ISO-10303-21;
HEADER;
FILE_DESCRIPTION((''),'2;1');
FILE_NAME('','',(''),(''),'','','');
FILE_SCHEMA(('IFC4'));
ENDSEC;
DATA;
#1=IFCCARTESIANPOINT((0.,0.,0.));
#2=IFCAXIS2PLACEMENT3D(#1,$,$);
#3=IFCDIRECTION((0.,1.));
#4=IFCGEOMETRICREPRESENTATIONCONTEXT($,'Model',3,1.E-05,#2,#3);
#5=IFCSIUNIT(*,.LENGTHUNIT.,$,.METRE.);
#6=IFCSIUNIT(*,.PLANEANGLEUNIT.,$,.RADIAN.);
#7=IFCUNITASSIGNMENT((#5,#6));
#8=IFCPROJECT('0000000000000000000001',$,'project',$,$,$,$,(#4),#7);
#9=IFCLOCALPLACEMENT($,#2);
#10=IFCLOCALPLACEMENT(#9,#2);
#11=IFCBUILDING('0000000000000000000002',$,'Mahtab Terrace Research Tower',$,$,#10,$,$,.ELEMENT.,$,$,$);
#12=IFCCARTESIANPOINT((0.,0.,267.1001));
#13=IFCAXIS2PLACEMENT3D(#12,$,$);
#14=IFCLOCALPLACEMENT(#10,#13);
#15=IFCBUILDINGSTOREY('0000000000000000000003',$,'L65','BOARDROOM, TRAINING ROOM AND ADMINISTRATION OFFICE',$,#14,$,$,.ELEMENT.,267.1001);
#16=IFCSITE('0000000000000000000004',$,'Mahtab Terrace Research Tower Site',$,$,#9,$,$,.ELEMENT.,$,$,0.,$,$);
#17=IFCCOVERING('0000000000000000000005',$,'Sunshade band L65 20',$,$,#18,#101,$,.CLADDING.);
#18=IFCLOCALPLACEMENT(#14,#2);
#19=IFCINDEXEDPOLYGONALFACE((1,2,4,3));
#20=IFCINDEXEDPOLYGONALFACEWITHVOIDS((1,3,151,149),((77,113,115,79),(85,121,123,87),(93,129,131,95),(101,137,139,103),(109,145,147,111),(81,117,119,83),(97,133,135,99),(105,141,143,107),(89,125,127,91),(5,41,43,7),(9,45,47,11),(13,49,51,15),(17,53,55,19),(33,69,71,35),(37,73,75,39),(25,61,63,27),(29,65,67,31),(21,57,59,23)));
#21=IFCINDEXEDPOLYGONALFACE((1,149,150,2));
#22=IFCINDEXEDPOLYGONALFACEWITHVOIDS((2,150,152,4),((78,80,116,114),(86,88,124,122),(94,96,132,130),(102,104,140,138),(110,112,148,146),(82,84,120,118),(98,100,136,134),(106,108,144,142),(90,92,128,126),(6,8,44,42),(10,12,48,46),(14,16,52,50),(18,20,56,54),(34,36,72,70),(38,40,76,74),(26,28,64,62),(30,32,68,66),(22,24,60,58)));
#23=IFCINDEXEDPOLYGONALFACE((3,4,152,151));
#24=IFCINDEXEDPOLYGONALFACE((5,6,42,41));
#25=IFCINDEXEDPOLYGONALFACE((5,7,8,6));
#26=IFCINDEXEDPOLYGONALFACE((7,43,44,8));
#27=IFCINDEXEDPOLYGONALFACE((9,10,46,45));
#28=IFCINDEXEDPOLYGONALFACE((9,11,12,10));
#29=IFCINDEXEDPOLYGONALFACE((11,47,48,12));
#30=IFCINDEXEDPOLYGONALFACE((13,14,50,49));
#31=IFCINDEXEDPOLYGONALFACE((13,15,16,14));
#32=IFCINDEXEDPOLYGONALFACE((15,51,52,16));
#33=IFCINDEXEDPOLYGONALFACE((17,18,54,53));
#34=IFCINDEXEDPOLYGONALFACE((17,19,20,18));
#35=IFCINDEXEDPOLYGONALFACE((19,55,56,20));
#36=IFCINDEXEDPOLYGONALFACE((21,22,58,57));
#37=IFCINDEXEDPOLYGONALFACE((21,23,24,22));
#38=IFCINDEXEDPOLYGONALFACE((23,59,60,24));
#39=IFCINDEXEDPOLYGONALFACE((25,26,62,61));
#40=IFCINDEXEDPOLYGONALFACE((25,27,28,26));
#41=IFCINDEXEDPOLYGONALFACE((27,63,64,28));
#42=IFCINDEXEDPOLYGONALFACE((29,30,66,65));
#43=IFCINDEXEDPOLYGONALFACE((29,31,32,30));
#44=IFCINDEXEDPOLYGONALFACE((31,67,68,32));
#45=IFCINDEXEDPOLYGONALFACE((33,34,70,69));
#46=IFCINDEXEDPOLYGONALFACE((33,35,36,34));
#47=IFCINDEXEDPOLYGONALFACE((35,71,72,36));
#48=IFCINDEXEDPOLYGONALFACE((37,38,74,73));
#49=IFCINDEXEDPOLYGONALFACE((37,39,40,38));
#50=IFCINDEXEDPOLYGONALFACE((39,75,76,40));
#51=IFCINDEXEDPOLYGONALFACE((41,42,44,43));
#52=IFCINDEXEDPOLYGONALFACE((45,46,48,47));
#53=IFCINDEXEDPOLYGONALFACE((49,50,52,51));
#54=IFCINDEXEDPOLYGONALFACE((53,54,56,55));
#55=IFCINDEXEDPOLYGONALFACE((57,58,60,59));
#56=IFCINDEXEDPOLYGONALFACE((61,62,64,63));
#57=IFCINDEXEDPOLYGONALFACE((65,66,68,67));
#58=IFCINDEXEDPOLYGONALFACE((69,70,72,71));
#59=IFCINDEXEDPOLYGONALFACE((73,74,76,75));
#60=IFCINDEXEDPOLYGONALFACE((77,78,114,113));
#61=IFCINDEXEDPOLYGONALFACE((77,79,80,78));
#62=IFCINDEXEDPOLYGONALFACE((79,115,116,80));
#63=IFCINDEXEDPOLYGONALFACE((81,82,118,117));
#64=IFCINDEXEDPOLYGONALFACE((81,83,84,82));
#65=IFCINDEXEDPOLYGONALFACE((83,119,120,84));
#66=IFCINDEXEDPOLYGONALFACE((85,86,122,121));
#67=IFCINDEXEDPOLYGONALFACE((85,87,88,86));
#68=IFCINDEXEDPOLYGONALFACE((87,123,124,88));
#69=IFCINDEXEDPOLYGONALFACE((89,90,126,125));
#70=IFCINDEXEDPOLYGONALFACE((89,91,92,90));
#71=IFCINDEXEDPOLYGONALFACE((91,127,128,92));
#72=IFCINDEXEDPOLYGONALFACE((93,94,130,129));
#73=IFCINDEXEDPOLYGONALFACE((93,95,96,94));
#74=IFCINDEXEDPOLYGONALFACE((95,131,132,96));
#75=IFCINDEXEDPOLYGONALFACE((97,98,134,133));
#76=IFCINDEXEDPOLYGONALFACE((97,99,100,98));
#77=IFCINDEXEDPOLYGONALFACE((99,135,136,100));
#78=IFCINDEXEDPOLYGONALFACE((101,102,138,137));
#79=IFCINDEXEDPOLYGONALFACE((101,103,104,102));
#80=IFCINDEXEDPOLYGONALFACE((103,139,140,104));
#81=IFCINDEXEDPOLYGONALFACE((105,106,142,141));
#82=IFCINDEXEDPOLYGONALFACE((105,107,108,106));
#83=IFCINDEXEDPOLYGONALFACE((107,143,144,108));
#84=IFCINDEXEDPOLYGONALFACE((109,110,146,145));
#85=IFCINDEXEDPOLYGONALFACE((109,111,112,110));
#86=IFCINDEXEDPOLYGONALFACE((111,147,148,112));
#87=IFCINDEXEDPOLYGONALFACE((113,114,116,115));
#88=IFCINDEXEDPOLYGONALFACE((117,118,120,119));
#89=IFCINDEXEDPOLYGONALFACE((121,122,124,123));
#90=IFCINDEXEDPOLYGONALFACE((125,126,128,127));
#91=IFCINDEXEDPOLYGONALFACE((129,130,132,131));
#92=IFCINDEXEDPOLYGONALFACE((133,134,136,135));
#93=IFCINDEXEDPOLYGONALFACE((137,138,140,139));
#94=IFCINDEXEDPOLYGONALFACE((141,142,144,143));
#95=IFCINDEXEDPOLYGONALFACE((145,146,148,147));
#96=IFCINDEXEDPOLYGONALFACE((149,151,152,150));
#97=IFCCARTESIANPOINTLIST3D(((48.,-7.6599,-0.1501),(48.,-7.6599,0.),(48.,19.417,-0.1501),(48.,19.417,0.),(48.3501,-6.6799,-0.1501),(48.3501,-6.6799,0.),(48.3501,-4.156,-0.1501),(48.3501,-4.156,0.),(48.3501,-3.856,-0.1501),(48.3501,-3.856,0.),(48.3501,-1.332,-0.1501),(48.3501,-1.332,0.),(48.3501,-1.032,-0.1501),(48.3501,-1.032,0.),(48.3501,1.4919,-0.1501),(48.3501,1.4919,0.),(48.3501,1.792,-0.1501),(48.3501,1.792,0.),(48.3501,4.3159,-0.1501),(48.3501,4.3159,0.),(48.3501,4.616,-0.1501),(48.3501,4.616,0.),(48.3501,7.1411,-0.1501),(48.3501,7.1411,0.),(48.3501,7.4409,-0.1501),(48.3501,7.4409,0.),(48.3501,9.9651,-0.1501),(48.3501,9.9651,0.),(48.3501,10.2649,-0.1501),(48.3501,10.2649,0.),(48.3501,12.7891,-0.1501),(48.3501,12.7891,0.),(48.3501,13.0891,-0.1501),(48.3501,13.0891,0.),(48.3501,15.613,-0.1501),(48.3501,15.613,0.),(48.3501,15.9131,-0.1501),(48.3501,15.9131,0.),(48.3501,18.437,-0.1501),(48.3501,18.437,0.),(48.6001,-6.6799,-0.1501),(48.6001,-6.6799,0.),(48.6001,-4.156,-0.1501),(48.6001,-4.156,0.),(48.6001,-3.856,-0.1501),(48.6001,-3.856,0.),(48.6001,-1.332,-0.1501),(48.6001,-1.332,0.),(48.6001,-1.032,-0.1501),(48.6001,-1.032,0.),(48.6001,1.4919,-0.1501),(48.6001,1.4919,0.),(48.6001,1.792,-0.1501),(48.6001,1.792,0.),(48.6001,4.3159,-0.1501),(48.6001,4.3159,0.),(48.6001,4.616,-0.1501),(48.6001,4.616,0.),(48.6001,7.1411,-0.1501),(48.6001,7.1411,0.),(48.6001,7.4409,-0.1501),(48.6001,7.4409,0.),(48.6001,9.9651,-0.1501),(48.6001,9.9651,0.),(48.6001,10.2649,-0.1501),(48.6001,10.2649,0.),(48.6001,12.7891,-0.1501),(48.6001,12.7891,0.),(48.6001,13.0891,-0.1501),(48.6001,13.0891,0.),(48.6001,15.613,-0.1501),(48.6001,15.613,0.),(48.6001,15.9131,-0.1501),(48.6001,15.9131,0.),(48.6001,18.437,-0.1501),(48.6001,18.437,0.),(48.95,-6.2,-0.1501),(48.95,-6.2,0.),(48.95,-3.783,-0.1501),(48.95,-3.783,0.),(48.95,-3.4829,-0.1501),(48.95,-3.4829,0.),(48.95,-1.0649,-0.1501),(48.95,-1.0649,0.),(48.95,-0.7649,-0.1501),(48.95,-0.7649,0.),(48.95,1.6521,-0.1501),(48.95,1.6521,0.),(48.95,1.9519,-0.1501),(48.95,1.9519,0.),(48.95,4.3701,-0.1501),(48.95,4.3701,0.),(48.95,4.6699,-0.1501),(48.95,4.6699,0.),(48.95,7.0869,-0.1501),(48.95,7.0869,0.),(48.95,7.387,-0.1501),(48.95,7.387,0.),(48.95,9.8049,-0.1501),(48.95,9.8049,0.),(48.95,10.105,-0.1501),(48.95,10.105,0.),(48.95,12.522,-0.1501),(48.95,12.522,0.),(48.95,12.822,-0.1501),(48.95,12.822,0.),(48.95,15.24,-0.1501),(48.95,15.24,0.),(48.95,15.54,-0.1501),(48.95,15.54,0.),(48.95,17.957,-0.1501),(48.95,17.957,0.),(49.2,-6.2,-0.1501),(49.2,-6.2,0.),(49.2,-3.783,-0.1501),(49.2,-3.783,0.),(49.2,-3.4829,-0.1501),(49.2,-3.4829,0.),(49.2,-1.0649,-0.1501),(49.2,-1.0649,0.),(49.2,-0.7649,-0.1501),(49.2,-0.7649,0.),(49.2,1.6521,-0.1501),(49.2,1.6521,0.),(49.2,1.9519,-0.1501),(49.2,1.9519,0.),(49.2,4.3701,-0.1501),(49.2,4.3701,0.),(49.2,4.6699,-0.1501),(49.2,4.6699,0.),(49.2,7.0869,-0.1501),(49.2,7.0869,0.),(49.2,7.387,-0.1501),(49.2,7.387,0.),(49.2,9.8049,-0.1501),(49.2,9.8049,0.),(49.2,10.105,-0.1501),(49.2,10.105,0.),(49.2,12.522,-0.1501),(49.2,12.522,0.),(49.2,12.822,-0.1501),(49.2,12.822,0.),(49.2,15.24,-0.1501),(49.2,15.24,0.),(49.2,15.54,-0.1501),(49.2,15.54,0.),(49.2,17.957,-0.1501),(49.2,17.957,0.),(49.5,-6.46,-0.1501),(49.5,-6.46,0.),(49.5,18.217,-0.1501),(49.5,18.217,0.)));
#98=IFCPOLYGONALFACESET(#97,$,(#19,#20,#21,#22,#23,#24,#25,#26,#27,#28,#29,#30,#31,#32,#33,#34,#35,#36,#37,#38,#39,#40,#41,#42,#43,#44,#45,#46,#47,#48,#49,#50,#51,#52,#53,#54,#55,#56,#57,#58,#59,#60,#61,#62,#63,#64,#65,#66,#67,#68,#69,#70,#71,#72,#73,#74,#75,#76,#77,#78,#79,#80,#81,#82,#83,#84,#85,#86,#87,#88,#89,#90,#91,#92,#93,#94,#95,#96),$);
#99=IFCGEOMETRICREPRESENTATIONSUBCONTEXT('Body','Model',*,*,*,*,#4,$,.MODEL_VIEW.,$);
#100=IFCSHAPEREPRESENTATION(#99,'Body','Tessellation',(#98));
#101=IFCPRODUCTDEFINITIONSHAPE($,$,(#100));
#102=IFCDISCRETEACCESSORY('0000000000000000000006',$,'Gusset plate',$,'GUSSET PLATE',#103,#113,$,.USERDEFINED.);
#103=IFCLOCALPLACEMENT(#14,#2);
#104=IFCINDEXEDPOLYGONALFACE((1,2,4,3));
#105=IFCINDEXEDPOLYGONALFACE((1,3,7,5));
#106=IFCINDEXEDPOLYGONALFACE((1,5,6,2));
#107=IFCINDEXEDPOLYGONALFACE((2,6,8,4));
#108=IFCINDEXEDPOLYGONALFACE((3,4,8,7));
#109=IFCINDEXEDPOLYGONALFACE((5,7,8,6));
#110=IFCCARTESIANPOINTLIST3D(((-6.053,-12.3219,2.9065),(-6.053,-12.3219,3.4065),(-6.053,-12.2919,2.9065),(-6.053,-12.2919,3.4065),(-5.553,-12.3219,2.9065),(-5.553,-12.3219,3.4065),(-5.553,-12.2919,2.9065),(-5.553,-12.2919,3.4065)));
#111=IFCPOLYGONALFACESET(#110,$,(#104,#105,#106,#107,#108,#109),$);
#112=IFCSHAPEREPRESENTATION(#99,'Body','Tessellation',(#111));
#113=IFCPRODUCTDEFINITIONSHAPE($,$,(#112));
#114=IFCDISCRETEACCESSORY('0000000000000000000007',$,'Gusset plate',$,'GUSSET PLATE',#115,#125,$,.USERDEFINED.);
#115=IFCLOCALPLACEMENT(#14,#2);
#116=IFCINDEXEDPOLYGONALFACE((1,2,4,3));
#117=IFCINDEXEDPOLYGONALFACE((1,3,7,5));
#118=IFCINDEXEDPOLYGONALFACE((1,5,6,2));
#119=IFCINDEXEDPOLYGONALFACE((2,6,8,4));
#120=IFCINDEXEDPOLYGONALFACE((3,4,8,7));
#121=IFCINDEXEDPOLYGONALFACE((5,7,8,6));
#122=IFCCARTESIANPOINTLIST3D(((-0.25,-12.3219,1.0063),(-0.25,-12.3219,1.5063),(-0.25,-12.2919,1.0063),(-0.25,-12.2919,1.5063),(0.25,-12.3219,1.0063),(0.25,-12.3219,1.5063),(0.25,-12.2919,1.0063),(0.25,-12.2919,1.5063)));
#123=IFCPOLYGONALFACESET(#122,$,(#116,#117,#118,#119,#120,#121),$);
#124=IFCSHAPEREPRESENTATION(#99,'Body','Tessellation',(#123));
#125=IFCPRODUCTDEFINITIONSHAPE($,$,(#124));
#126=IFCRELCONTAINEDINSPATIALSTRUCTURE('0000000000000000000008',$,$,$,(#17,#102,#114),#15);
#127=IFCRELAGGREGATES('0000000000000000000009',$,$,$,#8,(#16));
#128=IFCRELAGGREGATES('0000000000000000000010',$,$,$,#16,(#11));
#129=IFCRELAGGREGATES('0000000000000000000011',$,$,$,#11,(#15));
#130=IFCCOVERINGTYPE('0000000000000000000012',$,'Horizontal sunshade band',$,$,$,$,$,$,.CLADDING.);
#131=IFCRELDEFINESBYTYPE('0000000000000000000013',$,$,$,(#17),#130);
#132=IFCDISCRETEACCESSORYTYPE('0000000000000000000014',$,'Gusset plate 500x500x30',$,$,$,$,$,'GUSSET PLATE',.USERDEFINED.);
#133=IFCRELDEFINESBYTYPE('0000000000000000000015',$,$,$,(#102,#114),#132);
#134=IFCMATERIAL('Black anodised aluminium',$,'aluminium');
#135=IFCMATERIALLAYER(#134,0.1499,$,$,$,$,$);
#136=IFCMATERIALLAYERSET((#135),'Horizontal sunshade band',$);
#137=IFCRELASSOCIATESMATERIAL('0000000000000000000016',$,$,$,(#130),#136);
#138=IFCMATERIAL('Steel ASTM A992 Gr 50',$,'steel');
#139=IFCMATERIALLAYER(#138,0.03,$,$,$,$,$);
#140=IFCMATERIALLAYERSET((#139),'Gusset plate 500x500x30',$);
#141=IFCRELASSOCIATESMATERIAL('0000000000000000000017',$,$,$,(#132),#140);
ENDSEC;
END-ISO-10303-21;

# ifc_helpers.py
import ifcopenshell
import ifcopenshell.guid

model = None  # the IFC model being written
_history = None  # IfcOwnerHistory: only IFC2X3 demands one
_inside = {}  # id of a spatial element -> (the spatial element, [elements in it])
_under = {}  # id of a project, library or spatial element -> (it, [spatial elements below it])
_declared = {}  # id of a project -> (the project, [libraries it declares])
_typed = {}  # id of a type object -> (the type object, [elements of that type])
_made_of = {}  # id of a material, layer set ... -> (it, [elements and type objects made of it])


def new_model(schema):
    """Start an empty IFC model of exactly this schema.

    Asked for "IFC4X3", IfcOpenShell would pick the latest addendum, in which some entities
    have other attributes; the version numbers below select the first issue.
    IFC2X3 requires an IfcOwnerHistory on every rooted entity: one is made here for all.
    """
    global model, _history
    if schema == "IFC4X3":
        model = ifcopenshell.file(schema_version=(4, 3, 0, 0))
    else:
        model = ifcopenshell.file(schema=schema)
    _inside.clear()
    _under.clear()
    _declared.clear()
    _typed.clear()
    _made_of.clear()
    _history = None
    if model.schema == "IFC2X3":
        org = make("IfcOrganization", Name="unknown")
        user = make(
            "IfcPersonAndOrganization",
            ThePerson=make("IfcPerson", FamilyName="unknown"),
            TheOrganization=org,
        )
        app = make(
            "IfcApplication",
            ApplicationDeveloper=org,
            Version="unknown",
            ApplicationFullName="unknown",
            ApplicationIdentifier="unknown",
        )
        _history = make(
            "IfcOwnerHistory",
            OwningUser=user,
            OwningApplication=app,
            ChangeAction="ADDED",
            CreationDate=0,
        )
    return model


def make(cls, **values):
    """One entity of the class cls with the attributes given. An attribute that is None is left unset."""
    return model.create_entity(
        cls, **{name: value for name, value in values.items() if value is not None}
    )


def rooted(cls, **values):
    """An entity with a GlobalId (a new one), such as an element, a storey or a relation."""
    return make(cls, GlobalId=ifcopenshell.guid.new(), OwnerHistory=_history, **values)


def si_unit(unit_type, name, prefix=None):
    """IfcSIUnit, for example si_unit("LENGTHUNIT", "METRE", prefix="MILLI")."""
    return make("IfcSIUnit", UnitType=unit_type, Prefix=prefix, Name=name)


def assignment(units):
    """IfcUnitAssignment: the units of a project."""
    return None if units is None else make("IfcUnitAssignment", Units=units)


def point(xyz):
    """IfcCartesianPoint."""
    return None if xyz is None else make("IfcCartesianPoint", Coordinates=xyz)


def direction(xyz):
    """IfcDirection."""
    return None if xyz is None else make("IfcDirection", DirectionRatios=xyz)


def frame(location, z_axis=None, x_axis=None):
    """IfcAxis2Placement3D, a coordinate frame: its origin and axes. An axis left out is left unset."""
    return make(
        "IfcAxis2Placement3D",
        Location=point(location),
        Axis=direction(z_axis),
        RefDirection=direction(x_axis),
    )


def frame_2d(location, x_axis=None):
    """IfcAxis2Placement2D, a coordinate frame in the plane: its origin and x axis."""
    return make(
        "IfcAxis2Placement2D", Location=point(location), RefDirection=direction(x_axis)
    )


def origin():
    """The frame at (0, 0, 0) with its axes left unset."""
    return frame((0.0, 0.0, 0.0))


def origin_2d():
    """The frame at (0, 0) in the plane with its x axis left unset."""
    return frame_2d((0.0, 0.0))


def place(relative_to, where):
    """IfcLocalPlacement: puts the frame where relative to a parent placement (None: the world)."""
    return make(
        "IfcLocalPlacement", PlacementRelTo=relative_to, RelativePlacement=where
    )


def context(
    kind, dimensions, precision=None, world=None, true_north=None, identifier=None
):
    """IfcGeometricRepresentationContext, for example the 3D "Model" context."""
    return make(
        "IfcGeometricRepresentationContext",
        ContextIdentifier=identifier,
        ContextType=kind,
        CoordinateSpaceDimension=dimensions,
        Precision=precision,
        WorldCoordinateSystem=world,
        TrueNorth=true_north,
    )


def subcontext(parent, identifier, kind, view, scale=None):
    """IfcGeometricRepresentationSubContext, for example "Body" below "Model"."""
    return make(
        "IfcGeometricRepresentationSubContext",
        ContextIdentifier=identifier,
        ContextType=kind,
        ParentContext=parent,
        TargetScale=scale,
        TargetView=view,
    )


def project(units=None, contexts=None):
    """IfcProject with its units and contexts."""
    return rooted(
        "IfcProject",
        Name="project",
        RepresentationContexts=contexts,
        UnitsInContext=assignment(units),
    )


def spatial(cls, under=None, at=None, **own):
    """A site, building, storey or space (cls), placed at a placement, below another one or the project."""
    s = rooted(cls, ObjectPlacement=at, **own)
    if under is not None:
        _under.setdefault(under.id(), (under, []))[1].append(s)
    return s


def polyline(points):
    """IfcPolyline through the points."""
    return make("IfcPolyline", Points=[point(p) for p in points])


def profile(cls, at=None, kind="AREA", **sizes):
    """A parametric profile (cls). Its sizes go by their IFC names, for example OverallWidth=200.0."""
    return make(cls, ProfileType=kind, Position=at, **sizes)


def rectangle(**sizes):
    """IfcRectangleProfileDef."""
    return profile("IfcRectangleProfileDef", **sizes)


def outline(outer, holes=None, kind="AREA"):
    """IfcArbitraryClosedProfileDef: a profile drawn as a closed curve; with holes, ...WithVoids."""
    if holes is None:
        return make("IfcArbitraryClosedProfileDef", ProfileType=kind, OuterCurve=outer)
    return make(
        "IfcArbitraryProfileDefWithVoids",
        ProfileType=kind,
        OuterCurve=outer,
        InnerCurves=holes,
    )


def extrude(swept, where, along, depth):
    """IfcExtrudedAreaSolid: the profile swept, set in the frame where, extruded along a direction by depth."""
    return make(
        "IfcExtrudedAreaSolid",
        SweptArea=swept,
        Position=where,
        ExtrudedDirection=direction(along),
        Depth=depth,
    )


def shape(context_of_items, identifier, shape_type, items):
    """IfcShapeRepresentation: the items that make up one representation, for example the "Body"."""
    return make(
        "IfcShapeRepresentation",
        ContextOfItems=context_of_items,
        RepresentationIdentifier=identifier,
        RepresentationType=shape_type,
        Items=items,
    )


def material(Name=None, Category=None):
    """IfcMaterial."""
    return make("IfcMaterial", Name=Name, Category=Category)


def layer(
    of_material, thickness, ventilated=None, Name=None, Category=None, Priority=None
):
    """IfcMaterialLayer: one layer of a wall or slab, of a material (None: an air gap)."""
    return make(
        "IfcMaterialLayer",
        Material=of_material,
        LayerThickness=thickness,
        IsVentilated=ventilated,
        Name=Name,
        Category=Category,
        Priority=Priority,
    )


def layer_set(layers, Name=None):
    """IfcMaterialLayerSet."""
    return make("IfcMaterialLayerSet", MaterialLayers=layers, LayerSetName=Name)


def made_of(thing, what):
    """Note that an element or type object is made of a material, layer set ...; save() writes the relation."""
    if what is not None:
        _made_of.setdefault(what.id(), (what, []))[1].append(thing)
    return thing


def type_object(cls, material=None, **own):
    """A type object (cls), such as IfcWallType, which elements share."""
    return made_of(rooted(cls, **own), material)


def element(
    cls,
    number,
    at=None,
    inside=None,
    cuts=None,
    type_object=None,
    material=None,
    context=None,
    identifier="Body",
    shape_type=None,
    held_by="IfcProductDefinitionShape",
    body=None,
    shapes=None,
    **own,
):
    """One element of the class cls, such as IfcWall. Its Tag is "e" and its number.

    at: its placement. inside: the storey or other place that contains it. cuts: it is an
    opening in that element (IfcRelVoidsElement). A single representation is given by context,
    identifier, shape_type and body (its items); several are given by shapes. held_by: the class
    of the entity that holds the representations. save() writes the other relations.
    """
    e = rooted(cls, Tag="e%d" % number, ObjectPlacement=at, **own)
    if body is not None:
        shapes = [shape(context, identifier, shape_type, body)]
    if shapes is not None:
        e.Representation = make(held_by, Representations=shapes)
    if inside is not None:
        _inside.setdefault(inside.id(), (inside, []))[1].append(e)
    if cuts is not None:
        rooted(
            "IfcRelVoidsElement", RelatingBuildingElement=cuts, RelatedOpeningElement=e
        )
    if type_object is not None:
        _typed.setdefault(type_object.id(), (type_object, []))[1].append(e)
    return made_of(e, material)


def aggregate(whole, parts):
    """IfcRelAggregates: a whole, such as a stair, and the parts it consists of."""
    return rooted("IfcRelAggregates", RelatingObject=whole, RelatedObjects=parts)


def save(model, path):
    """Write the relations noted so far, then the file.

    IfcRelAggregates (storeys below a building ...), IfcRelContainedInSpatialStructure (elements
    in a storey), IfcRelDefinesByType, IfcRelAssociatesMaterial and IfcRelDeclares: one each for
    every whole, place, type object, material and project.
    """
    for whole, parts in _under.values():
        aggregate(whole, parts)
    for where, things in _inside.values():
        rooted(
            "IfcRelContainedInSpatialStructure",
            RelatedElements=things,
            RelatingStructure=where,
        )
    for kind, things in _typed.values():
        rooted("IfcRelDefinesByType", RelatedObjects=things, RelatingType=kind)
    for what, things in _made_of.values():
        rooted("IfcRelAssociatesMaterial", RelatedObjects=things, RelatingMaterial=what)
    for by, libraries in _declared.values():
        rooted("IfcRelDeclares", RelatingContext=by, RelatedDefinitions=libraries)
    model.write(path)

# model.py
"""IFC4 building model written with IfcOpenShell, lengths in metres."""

from ifc_helpers import new_model, si_unit, direction, frame, origin, origin_2d, place, context, subcontext, project, spatial, polyline, rectangle, outline, extrude, material, layer, layer_set, type_object, element, save


model = new_model("IFC4")

# Units and contexts
model_context = context("Model", 3, precision=1e-05, world=origin(), true_north=direction((0.0, 1.0)))
body_context = subcontext(model_context, "Body", "Model", "MODEL_VIEW")
ifc_project = project(units=[si_unit("LENGTHUNIT", "METRE"), si_unit("PLANEANGLEUNIT", "RADIAN")], contexts=[model_context])

# Site, building, storey
site_placement = place(None, origin())
site = spatial("IfcSite", under=ifc_project, at=site_placement, Name="Mahtab Terrace Research Tower Site", CompositionType="ELEMENT", RefElevation=0.0)
building_placement = place(site_placement, origin())
building = spatial("IfcBuilding", under=site, at=building_placement, Name="Mahtab Terrace Research Tower", CompositionType="ELEMENT")
storey_placement = place(building_placement, frame((0.0, 0.0, 267.1001)))
storey = spatial("IfcBuildingStorey", under=building, at=storey_placement, Name="L65", Description="BOARDROOM, TRAINING ROOM AND ADMINISTRATION OFFICE", CompositionType="ELEMENT", Elevation=267.1001)

# Shared definitions
ifc_material_1 = material(Name="Steel ASTM A992 Gr 50", Category="steel")

# Covering
ifc_material_2 = material(Name="Black anodised aluminium", Category="aluminium")
ifc_layer_1 = layer(ifc_material_2, 0.1499)
ifc_layer_set_1 = layer_set([ifc_layer_1], Name="Horizontal sunshade band")
covering_type = type_object("IfcCoveringType", Name="Horizontal sunshade band", PredefinedType="CLADDING", material=ifc_layer_set_1)
covering_1_placement = place(storey_placement, frame((0.0, 0.0, -0.1501)))
element("IfcCovering", 1, at=covering_1_placement, inside=storey, type_object=covering_type, Name="Sunshade band L65 20", PredefinedType="CLADDING", context=body_context, shape_type="SweptSolid", body=[
    extrude(outline(polyline([(48.0, -7.6599), (48.0, 19.417), (49.5, 18.217), (49.5, -6.46), (48.0, -7.6599)]), holes=[polyline([(48.3501, -6.6799), (48.3501, -4.156), (48.6001, -4.156), (48.6001, -6.6799), (48.3501, -6.6799)]), polyline([(48.3501, -3.856), (48.3501, -1.332), (48.6001, -1.332), (48.6001, -3.856), (48.3501, -3.856)]), polyline([(48.3501, -1.032), (48.3501, 1.4919), (48.6001, 1.4919), (48.6001, -1.032), (48.3501, -1.032)]), polyline([(48.3501, 1.792), (48.3501, 4.3159), (48.6001, 4.3159), (48.6001, 1.792), (48.3501, 1.792)]), polyline([(48.3501, 4.616), (48.3501, 7.1411), (48.6001, 7.1411), (48.6001, 4.616), (48.3501, 4.616)]), polyline([(48.3501, 7.4409), (48.3501, 9.9651), (48.6001, 9.9651), (48.6001, 7.4409), (48.3501, 7.4409)]), polyline([(48.3501, 10.2649), (48.3501, 12.7891), (48.6001, 12.7891), (48.6001, 10.2649), (48.3501, 10.2649)]), polyline([(48.3501, 13.0891), (48.3501, 15.613), (48.6001, 15.613), (48.6001, 13.0891), (48.3501, 13.0891)]), polyline([(48.3501, 15.9131), (48.3501, 18.437), (48.6001, 18.437), (48.6001, 15.9131), (48.3501, 15.9131)]), polyline([(48.95, -6.2), (48.95, -3.783), (49.2, -3.783), (49.2, -6.2), (48.95, -6.2)]), polyline([(48.95, -3.4829), (48.95, -1.0649), (49.2, -1.0649), (49.2, -3.4829), (48.95, -3.4829)]), polyline([(48.95, -0.7649), (48.95, 1.6521), (49.2, 1.6521), (49.2, -0.7649), (48.95, -0.7649)]), polyline([(48.95, 1.9519), (48.95, 4.3701), (49.2, 4.3701), (49.2, 1.9519), (48.95, 1.9519)]), polyline([(48.95, 4.6699), (48.95, 7.0869), (49.2, 7.0869), (49.2, 4.6699), (48.95, 4.6699)]), polyline([(48.95, 7.387), (48.95, 9.8049), (49.2, 9.8049), (49.2, 7.387), (48.95, 7.387)]), polyline([(48.95, 10.105), (48.95, 12.522), (49.2, 12.522), (49.2, 10.105), (48.95, 10.105)]), polyline([(48.95, 12.822), (48.95, 15.24), (49.2, 15.24), (49.2, 12.822), (48.95, 12.822)]), polyline([(48.95, 15.54), (48.95, 17.957), (49.2, 17.957), (49.2, 15.54), (48.95, 15.54)])]), origin(), (0.0, 0.0, 1.0), 0.1501),
])

# Discrete accessories
ifc_layer_2 = layer(ifc_material_1, 0.03)
ifc_layer_set_2 = layer_set([ifc_layer_2], Name="Gusset plate 500x500x30")
discrete_accessory_type = type_object("IfcDiscreteAccessoryType", Name="Gusset plate 500x500x30", ElementType="GUSSET PLATE", PredefinedType="USERDEFINED", material=ifc_layer_set_2)
for number, where, z_axis, x_axis, name in (
    (2, (-5.803, -12.3069, 2.9065), (0.0, 0.0, 1.0), (1.0, 0.0, 0.0), "Gusset plate"),
    (3, (0.0, -12.3069, 1.0063), (0.0, 0.0, 1.0), (1.0, 0.0, 0.0), "Gusset plate"),
):
    element("IfcDiscreteAccessory", number, at=place(storey_placement, frame(where, z_axis=z_axis, x_axis=x_axis)), inside=storey, type_object=discrete_accessory_type, Name=name, ObjectType="GUSSET PLATE", PredefinedType="USERDEFINED", context=body_context, shape_type="SweptSolid", body=[
        extrude(rectangle(XDim=0.5, YDim=0.03, at=origin_2d()), origin(), (0.0, 0.0, 1.0), 0.5),
    ])

save(model, "model.ifc")
